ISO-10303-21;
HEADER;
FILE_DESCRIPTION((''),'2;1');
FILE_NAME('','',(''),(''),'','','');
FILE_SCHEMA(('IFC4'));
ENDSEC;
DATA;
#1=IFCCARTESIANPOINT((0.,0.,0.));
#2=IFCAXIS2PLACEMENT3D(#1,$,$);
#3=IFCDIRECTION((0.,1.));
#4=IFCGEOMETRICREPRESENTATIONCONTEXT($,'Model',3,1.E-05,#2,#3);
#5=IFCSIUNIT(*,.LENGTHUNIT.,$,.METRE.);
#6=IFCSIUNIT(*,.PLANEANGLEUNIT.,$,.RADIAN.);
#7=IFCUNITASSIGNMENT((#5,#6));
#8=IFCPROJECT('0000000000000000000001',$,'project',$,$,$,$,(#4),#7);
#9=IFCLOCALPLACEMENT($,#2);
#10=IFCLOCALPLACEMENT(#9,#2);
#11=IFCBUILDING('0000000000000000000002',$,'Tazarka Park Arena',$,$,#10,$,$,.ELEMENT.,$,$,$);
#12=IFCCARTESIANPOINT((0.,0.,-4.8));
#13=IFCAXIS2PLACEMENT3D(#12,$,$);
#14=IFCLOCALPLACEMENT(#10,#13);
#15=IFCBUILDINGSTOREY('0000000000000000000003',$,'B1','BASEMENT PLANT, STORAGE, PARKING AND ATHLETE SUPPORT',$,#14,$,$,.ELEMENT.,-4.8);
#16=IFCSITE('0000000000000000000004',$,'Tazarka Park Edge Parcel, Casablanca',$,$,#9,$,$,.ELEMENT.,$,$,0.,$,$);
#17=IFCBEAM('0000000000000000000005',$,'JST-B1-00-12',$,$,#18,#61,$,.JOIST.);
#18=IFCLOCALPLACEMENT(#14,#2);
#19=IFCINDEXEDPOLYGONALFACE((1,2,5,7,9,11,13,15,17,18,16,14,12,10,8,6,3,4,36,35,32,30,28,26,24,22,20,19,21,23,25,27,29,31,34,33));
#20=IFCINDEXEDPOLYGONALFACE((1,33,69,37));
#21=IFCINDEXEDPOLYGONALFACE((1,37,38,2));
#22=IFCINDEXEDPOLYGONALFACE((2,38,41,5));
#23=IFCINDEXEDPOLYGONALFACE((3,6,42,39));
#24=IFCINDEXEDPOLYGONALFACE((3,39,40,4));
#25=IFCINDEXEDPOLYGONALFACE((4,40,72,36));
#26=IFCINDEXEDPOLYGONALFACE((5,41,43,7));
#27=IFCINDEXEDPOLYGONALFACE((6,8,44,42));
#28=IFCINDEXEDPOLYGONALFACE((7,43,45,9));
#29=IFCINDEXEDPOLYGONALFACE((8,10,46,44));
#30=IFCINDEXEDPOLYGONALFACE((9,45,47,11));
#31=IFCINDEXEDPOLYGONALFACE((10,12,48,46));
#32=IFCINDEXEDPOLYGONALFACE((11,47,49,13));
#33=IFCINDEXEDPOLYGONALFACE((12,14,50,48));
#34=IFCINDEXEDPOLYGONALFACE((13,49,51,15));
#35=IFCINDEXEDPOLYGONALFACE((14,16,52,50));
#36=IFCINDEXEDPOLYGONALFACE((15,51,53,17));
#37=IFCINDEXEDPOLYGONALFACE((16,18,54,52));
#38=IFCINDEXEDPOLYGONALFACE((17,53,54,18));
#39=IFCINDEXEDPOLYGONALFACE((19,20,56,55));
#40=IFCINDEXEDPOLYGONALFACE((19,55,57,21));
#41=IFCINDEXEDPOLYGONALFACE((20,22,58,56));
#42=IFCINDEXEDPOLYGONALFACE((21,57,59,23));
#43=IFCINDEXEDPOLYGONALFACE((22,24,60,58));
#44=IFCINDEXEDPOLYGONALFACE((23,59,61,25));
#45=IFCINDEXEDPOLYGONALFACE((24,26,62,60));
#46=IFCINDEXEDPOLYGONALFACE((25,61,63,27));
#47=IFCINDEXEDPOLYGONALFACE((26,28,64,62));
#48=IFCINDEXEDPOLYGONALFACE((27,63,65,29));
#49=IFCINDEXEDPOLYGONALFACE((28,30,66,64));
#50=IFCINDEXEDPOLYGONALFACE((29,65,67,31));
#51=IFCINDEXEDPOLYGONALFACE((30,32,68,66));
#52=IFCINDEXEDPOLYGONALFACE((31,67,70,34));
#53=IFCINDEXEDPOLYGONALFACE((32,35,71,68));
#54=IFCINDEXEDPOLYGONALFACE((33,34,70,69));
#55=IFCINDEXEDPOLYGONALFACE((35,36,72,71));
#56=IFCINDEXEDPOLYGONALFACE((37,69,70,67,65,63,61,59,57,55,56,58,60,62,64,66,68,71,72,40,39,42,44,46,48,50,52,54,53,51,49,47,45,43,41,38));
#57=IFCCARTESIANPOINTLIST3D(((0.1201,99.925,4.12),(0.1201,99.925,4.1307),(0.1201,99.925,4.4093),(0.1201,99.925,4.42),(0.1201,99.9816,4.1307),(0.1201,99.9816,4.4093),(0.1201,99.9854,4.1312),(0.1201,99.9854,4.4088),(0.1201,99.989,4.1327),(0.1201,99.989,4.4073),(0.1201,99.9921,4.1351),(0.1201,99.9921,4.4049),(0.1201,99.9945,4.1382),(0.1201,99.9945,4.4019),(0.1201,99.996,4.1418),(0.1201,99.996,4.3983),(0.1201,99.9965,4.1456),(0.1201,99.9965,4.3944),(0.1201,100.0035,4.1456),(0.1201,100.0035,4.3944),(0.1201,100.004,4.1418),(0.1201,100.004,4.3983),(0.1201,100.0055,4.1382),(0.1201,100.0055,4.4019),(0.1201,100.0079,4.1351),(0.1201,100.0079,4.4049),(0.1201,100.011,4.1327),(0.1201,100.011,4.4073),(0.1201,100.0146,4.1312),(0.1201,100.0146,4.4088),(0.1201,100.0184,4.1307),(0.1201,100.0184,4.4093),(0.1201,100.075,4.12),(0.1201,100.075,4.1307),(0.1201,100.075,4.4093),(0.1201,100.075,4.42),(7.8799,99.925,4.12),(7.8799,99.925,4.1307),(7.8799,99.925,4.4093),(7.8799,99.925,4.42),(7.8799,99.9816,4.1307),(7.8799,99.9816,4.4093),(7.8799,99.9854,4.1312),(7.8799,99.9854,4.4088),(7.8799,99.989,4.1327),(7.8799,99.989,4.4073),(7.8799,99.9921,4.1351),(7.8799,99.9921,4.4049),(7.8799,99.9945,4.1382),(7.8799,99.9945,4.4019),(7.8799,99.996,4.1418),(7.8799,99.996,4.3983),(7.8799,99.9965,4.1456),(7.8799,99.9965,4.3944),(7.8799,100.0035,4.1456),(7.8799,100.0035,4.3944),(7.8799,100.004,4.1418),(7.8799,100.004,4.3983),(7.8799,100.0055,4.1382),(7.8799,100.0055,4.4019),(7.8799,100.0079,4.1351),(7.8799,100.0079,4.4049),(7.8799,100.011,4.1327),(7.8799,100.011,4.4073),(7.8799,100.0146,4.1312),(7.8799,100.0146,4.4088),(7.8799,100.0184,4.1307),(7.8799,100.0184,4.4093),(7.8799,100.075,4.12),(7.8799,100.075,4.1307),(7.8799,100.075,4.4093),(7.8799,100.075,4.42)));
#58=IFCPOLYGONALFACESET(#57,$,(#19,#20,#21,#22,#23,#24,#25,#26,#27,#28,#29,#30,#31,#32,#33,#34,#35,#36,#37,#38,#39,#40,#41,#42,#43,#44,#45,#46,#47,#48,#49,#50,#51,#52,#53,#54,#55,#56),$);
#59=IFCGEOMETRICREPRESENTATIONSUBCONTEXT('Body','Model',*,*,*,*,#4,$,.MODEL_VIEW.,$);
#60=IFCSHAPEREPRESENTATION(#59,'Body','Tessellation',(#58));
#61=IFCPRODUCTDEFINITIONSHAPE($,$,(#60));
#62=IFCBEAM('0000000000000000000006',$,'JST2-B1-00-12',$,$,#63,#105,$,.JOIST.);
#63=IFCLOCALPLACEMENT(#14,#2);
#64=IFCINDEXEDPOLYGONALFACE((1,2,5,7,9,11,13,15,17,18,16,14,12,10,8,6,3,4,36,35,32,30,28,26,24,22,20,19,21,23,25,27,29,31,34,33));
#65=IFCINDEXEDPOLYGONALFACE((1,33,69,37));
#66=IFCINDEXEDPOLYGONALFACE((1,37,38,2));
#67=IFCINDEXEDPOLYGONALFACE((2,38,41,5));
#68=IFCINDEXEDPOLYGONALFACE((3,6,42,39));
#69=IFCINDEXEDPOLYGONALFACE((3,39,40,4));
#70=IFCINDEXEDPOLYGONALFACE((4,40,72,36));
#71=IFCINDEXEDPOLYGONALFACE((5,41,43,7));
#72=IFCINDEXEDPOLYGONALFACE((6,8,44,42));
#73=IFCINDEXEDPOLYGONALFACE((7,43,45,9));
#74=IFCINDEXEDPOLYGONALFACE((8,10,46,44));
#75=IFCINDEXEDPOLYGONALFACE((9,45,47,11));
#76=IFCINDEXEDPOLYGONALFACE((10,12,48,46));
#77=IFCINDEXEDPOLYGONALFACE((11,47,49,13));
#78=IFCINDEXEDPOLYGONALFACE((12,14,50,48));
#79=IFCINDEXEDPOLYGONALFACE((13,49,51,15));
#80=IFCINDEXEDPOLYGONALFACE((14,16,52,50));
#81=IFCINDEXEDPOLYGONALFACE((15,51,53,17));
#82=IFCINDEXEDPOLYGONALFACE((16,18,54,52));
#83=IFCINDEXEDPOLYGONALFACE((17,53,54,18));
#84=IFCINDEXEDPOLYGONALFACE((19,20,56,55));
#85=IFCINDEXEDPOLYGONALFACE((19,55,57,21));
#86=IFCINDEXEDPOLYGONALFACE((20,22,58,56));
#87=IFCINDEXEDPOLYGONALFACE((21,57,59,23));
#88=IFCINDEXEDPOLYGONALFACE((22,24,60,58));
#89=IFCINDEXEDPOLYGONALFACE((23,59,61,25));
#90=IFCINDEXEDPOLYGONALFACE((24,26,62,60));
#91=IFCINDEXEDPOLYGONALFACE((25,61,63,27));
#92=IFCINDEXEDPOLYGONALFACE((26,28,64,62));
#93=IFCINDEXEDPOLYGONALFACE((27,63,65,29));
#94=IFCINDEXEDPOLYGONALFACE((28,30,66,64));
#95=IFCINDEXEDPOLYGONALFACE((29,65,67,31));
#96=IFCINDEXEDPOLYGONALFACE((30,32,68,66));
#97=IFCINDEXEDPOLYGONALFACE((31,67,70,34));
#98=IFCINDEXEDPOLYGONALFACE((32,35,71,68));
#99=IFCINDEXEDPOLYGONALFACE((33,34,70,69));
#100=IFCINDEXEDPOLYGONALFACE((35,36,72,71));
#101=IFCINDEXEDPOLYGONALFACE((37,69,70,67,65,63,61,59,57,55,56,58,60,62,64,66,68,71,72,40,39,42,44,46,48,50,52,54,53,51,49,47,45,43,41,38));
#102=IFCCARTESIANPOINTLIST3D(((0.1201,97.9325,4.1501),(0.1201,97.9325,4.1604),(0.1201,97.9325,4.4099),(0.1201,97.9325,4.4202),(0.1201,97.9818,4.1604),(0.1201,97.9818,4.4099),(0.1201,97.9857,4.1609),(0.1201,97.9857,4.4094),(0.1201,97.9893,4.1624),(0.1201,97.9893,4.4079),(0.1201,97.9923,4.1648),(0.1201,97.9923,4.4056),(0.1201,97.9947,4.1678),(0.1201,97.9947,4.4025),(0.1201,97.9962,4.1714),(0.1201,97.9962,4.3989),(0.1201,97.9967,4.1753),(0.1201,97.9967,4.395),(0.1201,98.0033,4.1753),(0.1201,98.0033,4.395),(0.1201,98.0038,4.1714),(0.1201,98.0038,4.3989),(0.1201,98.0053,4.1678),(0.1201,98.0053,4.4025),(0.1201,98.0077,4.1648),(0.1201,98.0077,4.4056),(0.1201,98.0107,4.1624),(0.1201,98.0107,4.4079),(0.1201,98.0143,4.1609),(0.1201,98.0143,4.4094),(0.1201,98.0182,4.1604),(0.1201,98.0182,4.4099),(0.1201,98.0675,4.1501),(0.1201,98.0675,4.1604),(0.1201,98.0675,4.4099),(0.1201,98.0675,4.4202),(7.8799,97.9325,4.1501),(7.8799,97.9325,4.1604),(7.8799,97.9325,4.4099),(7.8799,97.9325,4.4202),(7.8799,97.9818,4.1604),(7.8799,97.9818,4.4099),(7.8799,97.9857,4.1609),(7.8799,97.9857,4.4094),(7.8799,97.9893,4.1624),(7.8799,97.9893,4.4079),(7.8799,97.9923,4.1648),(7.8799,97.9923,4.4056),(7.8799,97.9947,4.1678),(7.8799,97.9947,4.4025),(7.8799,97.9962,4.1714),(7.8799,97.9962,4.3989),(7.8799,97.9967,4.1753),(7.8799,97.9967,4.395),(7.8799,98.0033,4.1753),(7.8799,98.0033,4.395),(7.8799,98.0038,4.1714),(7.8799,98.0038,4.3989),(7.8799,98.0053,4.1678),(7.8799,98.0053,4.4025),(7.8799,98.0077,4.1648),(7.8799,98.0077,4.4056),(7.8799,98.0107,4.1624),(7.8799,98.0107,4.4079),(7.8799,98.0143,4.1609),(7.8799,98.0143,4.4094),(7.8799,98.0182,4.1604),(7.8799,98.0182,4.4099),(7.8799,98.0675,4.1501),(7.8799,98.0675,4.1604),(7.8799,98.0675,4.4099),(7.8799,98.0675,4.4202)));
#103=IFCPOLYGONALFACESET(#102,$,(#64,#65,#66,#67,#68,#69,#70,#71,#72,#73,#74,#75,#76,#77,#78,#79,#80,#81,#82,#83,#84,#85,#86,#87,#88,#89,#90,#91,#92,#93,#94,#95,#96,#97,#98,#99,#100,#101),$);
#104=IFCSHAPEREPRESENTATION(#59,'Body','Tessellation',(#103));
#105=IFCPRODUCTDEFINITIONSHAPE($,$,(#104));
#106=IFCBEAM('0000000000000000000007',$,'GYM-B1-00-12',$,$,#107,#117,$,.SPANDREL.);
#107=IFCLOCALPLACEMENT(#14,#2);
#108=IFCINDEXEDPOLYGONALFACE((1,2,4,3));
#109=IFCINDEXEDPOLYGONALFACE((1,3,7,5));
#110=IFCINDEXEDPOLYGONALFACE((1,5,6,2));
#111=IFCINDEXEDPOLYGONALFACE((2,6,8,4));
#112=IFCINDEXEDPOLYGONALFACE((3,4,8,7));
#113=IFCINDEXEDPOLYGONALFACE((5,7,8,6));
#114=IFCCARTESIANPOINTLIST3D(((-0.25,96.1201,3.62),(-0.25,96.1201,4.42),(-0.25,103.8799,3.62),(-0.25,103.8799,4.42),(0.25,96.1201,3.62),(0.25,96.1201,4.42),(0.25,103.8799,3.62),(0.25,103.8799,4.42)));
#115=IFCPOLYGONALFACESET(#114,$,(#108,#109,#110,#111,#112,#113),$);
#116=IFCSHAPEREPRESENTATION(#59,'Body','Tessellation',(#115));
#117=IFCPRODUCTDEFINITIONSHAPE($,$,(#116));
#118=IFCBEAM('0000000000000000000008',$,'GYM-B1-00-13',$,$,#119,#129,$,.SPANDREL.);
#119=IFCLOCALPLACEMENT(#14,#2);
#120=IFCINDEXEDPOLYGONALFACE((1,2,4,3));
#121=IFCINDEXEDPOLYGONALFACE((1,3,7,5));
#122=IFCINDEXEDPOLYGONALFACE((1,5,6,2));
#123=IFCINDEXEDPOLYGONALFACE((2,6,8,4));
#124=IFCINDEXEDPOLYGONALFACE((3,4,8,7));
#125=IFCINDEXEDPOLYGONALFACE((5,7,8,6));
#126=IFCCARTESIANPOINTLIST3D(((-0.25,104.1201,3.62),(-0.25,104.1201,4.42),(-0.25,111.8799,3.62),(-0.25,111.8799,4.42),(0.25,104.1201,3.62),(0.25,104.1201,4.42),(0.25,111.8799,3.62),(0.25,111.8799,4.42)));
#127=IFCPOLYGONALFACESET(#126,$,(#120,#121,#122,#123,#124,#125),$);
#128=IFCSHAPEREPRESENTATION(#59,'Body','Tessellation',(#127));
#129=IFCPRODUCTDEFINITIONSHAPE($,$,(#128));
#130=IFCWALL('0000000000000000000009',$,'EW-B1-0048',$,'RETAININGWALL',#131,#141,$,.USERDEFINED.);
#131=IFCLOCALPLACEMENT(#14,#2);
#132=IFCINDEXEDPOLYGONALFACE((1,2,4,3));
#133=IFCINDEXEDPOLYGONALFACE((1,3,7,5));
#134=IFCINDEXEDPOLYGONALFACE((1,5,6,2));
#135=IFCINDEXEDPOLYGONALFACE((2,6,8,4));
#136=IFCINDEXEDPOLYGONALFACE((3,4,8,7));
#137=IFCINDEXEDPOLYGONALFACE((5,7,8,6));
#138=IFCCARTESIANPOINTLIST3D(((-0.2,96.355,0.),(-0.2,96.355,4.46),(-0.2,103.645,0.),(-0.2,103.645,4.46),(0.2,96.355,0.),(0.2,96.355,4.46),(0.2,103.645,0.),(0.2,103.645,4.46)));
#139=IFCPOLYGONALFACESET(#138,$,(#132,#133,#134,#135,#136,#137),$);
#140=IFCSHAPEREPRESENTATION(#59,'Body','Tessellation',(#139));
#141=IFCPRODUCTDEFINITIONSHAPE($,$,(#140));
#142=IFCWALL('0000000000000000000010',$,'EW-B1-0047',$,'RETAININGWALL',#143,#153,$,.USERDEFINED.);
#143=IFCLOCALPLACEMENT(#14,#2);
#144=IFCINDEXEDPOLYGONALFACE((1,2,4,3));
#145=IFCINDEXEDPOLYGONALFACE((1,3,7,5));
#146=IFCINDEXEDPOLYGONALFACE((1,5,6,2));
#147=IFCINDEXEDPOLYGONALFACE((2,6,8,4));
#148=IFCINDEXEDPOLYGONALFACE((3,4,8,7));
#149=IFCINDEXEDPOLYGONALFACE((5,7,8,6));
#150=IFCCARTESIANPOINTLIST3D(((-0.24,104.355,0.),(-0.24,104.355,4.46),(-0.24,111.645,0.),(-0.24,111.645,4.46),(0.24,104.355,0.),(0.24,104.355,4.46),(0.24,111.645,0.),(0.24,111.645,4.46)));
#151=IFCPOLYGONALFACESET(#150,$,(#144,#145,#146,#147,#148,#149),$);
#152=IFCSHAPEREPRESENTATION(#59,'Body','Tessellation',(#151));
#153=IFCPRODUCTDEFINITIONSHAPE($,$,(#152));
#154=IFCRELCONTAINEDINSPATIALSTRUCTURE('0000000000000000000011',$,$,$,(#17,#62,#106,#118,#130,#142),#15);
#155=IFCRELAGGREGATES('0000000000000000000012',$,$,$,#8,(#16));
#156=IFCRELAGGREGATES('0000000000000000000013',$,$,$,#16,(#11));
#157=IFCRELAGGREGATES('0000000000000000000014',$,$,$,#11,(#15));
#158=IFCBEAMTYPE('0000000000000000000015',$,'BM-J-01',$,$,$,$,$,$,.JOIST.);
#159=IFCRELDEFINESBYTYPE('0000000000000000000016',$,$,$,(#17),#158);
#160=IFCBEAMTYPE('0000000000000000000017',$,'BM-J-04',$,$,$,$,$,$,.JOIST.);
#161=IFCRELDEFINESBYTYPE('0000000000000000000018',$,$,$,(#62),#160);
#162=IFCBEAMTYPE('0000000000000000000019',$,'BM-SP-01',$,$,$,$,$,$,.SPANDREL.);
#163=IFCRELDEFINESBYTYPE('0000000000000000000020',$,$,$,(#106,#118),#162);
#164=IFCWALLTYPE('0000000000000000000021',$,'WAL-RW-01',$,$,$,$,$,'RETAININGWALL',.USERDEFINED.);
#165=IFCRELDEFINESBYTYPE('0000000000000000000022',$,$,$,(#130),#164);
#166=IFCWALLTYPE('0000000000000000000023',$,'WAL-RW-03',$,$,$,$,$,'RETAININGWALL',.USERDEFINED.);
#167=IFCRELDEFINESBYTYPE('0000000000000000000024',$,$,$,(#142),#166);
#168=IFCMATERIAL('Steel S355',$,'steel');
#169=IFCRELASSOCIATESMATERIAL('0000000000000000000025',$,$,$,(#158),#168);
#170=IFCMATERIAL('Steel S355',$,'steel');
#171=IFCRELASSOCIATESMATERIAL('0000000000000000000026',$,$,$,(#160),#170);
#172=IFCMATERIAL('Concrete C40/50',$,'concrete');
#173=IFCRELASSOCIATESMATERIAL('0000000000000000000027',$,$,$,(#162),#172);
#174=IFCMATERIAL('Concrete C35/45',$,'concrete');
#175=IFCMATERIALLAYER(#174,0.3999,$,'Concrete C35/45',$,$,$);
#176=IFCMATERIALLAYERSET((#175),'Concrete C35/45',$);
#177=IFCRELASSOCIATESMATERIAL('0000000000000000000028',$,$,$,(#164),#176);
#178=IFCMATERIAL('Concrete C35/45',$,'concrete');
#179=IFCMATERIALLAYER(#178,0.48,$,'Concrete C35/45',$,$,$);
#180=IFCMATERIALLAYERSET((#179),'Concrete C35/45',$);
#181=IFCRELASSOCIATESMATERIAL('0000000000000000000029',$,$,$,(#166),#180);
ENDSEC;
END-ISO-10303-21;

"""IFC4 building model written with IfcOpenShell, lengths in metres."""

from ifc_helpers import new_model, si_unit, direction, frame, frame_2d, origin, origin_2d, place, context, subcontext, project, spatial, rectangle, i_section, extrude, material, layer, layer_set, material_profile, profile_set, type_object, element, save


model = new_model("IFC4")

# Units and contexts
model_context = context("Model", 3, precision=1e-05, world=origin(), true_north=direction((0.0, 1.0)))
body_context = subcontext(model_context, "Body", "Model", "MODEL_VIEW")
ifc_project = project(units=[si_unit("LENGTHUNIT", "METRE"), si_unit("PLANEANGLEUNIT", "RADIAN")], contexts=[model_context])

# Site, building, storey
site_placement = place(None, origin())
site = spatial("IfcSite", under=ifc_project, at=site_placement, Name="Tazarka Park Edge Parcel, Casablanca", CompositionType="ELEMENT", RefElevation=0.0)
building_placement = place(site_placement, origin())
building = spatial("IfcBuilding", under=site, at=building_placement, Name="Tazarka Park Arena", CompositionType="ELEMENT")
storey_placement = place(building_placement, frame((0.0, 0.0, -4.8)))
storey = spatial("IfcBuildingStorey", under=building, at=storey_placement, Name="B1", Description="BASEMENT PLANT, STORAGE, PARKING AND ATHLETE SUPPORT", CompositionType="ELEMENT", Elevation=-4.8)

# Beams
ifc_material_1 = material(Name="Steel S355", Category="steel")
ifc_material_profile_1 = material_profile(ifc_material_1, i_section(OverallWidth=0.1499, OverallDepth=0.3, WebThickness=0.0071, FlangeThickness=0.0107, FilletRadius=0.0149, at=origin_2d()), Name="Steel S355")
ifc_profile_set_1 = profile_set([ifc_material_profile_1], Name="Steel S355")
beam_type_1 = type_object("IfcBeamType", Name="BM-J-01", PredefinedType="JOIST", material=ifc_profile_set_1)
beam_1_placement = place(storey_placement, frame((0.1201, 100.0, 4.27), z_axis=(1.0, 0.0, 0.0), x_axis=(0.0, 1.0, 0.0)))
element("IfcBeam", 1, at=beam_1_placement, inside=storey, type_object=beam_type_1, Name="JST-B1-00-12", PredefinedType="JOIST", context=body_context, shape_type="SweptSolid", body=[
    extrude(i_section(OverallWidth=0.1499, OverallDepth=0.3, WebThickness=0.0071, FlangeThickness=0.0107, FilletRadius=0.0149, at=origin_2d()), origin(), (0.0, 0.0, 1.0), 7.7598),
])
ifc_material_2 = material(Name="Steel S355", Category="steel")
ifc_material_profile_2 = material_profile(ifc_material_2, i_section(OverallWidth=0.135, OverallDepth=0.27, WebThickness=0.0066, FlangeThickness=0.0103, FilletRadius=0.0149, at=origin_2d()), Name="Steel S355")
ifc_profile_set_2 = profile_set([ifc_material_profile_2], Name="Steel S355")
beam_type_2 = type_object("IfcBeamType", Name="BM-J-04", PredefinedType="JOIST", material=ifc_profile_set_2)
beam_2_placement = place(storey_placement, frame((0.1201, 98.0, 4.2852), z_axis=(1.0, 0.0, 0.0), x_axis=(0.0, 1.0, 0.0)))
element("IfcBeam", 2, at=beam_2_placement, inside=storey, type_object=beam_type_2, Name="JST2-B1-00-12", PredefinedType="JOIST", context=body_context, shape_type="SweptSolid", body=[
    extrude(i_section(OverallWidth=0.135, OverallDepth=0.27, WebThickness=0.0066, FlangeThickness=0.0103, FilletRadius=0.0149, at=origin_2d()), origin(), (0.0, 0.0, 1.0), 7.7598),
])
ifc_material_3 = material(Name="Concrete C40/50", Category="concrete")
ifc_material_profile_3 = material_profile(ifc_material_3, rectangle(XDim=0.5, YDim=0.8, at=origin_2d()), Name="Concrete C40/50")
ifc_profile_set_3 = profile_set([ifc_material_profile_3], Name="Concrete C40/50")
beam_type_3 = type_object("IfcBeamType", Name="BM-SP-01", PredefinedType="SPANDREL", material=ifc_profile_set_3)
for number, where, z_axis, x_axis, name in (
    (3, (0.0, 96.1201, 4.02), (0.0, 1.0, 0.0), (-1.0, 0.0, 0.0), "GYM-B1-00-12"),
    (4, (0.0, 104.1201, 4.02), (0.0, 1.0, 0.0), (-1.0, 0.0, 0.0), "GYM-B1-00-13"),
):
    element("IfcBeam", number, at=place(storey_placement, frame(where, z_axis=z_axis, x_axis=x_axis)), inside=storey, type_object=beam_type_3, Name=name, PredefinedType="SPANDREL", context=body_context, shape_type="SweptSolid", body=[
        extrude(rectangle(XDim=0.5, YDim=0.8, at=origin_2d()), origin(), (0.0, 0.0, 1.0), 7.7598),
    ])

# Walls
ifc_material_4 = material(Name="Concrete C35/45", Category="concrete")
ifc_layer_1 = layer(ifc_material_4, 0.3999, Name="Concrete C35/45")
ifc_layer_set_1 = layer_set([ifc_layer_1], Name="Concrete C35/45")
wall_type_1 = type_object("IfcWallType", Name="WAL-RW-01", ElementType="RETAININGWALL", PredefinedType="USERDEFINED", material=ifc_layer_set_1)
wall_1_placement = place(storey_placement, frame((0.0, 96.355, 0.0), z_axis=(0.0, 0.0, 1.0), x_axis=(0.0, 1.0, 0.0)))
element("IfcWall", 5, at=wall_1_placement, inside=storey, type_object=wall_type_1, Name="EW-B1-0048", ObjectType="RETAININGWALL", PredefinedType="USERDEFINED", context=body_context, shape_type="SweptSolid", body=[
    extrude(rectangle(XDim=7.29, YDim=0.3999, at=frame_2d((3.645, 0.0))), origin(), (0.0, 0.0, 1.0), 4.46),
])
ifc_material_5 = material(Name="Concrete C35/45", Category="concrete")
ifc_layer_2 = layer(ifc_material_5, 0.48, Name="Concrete C35/45")
ifc_layer_set_2 = layer_set([ifc_layer_2], Name="Concrete C35/45")
wall_type_2 = type_object("IfcWallType", Name="WAL-RW-03", ElementType="RETAININGWALL", PredefinedType="USERDEFINED", material=ifc_layer_set_2)
wall_2_placement = place(storey_placement, frame((0.0, 104.355, 0.0), z_axis=(0.0, 0.0, 1.0), x_axis=(0.0, 1.0, 0.0)))
element("IfcWall", 6, at=wall_2_placement, inside=storey, type_object=wall_type_2, Name="EW-B1-0047", ObjectType="RETAININGWALL", PredefinedType="USERDEFINED", context=body_context, shape_type="SweptSolid", body=[
    extrude(rectangle(XDim=7.29, YDim=0.48, at=frame_2d((3.645, 0.0))), origin(), (0.0, 0.0, 1.0), 4.46),
])

save(model, "model.ifc")
